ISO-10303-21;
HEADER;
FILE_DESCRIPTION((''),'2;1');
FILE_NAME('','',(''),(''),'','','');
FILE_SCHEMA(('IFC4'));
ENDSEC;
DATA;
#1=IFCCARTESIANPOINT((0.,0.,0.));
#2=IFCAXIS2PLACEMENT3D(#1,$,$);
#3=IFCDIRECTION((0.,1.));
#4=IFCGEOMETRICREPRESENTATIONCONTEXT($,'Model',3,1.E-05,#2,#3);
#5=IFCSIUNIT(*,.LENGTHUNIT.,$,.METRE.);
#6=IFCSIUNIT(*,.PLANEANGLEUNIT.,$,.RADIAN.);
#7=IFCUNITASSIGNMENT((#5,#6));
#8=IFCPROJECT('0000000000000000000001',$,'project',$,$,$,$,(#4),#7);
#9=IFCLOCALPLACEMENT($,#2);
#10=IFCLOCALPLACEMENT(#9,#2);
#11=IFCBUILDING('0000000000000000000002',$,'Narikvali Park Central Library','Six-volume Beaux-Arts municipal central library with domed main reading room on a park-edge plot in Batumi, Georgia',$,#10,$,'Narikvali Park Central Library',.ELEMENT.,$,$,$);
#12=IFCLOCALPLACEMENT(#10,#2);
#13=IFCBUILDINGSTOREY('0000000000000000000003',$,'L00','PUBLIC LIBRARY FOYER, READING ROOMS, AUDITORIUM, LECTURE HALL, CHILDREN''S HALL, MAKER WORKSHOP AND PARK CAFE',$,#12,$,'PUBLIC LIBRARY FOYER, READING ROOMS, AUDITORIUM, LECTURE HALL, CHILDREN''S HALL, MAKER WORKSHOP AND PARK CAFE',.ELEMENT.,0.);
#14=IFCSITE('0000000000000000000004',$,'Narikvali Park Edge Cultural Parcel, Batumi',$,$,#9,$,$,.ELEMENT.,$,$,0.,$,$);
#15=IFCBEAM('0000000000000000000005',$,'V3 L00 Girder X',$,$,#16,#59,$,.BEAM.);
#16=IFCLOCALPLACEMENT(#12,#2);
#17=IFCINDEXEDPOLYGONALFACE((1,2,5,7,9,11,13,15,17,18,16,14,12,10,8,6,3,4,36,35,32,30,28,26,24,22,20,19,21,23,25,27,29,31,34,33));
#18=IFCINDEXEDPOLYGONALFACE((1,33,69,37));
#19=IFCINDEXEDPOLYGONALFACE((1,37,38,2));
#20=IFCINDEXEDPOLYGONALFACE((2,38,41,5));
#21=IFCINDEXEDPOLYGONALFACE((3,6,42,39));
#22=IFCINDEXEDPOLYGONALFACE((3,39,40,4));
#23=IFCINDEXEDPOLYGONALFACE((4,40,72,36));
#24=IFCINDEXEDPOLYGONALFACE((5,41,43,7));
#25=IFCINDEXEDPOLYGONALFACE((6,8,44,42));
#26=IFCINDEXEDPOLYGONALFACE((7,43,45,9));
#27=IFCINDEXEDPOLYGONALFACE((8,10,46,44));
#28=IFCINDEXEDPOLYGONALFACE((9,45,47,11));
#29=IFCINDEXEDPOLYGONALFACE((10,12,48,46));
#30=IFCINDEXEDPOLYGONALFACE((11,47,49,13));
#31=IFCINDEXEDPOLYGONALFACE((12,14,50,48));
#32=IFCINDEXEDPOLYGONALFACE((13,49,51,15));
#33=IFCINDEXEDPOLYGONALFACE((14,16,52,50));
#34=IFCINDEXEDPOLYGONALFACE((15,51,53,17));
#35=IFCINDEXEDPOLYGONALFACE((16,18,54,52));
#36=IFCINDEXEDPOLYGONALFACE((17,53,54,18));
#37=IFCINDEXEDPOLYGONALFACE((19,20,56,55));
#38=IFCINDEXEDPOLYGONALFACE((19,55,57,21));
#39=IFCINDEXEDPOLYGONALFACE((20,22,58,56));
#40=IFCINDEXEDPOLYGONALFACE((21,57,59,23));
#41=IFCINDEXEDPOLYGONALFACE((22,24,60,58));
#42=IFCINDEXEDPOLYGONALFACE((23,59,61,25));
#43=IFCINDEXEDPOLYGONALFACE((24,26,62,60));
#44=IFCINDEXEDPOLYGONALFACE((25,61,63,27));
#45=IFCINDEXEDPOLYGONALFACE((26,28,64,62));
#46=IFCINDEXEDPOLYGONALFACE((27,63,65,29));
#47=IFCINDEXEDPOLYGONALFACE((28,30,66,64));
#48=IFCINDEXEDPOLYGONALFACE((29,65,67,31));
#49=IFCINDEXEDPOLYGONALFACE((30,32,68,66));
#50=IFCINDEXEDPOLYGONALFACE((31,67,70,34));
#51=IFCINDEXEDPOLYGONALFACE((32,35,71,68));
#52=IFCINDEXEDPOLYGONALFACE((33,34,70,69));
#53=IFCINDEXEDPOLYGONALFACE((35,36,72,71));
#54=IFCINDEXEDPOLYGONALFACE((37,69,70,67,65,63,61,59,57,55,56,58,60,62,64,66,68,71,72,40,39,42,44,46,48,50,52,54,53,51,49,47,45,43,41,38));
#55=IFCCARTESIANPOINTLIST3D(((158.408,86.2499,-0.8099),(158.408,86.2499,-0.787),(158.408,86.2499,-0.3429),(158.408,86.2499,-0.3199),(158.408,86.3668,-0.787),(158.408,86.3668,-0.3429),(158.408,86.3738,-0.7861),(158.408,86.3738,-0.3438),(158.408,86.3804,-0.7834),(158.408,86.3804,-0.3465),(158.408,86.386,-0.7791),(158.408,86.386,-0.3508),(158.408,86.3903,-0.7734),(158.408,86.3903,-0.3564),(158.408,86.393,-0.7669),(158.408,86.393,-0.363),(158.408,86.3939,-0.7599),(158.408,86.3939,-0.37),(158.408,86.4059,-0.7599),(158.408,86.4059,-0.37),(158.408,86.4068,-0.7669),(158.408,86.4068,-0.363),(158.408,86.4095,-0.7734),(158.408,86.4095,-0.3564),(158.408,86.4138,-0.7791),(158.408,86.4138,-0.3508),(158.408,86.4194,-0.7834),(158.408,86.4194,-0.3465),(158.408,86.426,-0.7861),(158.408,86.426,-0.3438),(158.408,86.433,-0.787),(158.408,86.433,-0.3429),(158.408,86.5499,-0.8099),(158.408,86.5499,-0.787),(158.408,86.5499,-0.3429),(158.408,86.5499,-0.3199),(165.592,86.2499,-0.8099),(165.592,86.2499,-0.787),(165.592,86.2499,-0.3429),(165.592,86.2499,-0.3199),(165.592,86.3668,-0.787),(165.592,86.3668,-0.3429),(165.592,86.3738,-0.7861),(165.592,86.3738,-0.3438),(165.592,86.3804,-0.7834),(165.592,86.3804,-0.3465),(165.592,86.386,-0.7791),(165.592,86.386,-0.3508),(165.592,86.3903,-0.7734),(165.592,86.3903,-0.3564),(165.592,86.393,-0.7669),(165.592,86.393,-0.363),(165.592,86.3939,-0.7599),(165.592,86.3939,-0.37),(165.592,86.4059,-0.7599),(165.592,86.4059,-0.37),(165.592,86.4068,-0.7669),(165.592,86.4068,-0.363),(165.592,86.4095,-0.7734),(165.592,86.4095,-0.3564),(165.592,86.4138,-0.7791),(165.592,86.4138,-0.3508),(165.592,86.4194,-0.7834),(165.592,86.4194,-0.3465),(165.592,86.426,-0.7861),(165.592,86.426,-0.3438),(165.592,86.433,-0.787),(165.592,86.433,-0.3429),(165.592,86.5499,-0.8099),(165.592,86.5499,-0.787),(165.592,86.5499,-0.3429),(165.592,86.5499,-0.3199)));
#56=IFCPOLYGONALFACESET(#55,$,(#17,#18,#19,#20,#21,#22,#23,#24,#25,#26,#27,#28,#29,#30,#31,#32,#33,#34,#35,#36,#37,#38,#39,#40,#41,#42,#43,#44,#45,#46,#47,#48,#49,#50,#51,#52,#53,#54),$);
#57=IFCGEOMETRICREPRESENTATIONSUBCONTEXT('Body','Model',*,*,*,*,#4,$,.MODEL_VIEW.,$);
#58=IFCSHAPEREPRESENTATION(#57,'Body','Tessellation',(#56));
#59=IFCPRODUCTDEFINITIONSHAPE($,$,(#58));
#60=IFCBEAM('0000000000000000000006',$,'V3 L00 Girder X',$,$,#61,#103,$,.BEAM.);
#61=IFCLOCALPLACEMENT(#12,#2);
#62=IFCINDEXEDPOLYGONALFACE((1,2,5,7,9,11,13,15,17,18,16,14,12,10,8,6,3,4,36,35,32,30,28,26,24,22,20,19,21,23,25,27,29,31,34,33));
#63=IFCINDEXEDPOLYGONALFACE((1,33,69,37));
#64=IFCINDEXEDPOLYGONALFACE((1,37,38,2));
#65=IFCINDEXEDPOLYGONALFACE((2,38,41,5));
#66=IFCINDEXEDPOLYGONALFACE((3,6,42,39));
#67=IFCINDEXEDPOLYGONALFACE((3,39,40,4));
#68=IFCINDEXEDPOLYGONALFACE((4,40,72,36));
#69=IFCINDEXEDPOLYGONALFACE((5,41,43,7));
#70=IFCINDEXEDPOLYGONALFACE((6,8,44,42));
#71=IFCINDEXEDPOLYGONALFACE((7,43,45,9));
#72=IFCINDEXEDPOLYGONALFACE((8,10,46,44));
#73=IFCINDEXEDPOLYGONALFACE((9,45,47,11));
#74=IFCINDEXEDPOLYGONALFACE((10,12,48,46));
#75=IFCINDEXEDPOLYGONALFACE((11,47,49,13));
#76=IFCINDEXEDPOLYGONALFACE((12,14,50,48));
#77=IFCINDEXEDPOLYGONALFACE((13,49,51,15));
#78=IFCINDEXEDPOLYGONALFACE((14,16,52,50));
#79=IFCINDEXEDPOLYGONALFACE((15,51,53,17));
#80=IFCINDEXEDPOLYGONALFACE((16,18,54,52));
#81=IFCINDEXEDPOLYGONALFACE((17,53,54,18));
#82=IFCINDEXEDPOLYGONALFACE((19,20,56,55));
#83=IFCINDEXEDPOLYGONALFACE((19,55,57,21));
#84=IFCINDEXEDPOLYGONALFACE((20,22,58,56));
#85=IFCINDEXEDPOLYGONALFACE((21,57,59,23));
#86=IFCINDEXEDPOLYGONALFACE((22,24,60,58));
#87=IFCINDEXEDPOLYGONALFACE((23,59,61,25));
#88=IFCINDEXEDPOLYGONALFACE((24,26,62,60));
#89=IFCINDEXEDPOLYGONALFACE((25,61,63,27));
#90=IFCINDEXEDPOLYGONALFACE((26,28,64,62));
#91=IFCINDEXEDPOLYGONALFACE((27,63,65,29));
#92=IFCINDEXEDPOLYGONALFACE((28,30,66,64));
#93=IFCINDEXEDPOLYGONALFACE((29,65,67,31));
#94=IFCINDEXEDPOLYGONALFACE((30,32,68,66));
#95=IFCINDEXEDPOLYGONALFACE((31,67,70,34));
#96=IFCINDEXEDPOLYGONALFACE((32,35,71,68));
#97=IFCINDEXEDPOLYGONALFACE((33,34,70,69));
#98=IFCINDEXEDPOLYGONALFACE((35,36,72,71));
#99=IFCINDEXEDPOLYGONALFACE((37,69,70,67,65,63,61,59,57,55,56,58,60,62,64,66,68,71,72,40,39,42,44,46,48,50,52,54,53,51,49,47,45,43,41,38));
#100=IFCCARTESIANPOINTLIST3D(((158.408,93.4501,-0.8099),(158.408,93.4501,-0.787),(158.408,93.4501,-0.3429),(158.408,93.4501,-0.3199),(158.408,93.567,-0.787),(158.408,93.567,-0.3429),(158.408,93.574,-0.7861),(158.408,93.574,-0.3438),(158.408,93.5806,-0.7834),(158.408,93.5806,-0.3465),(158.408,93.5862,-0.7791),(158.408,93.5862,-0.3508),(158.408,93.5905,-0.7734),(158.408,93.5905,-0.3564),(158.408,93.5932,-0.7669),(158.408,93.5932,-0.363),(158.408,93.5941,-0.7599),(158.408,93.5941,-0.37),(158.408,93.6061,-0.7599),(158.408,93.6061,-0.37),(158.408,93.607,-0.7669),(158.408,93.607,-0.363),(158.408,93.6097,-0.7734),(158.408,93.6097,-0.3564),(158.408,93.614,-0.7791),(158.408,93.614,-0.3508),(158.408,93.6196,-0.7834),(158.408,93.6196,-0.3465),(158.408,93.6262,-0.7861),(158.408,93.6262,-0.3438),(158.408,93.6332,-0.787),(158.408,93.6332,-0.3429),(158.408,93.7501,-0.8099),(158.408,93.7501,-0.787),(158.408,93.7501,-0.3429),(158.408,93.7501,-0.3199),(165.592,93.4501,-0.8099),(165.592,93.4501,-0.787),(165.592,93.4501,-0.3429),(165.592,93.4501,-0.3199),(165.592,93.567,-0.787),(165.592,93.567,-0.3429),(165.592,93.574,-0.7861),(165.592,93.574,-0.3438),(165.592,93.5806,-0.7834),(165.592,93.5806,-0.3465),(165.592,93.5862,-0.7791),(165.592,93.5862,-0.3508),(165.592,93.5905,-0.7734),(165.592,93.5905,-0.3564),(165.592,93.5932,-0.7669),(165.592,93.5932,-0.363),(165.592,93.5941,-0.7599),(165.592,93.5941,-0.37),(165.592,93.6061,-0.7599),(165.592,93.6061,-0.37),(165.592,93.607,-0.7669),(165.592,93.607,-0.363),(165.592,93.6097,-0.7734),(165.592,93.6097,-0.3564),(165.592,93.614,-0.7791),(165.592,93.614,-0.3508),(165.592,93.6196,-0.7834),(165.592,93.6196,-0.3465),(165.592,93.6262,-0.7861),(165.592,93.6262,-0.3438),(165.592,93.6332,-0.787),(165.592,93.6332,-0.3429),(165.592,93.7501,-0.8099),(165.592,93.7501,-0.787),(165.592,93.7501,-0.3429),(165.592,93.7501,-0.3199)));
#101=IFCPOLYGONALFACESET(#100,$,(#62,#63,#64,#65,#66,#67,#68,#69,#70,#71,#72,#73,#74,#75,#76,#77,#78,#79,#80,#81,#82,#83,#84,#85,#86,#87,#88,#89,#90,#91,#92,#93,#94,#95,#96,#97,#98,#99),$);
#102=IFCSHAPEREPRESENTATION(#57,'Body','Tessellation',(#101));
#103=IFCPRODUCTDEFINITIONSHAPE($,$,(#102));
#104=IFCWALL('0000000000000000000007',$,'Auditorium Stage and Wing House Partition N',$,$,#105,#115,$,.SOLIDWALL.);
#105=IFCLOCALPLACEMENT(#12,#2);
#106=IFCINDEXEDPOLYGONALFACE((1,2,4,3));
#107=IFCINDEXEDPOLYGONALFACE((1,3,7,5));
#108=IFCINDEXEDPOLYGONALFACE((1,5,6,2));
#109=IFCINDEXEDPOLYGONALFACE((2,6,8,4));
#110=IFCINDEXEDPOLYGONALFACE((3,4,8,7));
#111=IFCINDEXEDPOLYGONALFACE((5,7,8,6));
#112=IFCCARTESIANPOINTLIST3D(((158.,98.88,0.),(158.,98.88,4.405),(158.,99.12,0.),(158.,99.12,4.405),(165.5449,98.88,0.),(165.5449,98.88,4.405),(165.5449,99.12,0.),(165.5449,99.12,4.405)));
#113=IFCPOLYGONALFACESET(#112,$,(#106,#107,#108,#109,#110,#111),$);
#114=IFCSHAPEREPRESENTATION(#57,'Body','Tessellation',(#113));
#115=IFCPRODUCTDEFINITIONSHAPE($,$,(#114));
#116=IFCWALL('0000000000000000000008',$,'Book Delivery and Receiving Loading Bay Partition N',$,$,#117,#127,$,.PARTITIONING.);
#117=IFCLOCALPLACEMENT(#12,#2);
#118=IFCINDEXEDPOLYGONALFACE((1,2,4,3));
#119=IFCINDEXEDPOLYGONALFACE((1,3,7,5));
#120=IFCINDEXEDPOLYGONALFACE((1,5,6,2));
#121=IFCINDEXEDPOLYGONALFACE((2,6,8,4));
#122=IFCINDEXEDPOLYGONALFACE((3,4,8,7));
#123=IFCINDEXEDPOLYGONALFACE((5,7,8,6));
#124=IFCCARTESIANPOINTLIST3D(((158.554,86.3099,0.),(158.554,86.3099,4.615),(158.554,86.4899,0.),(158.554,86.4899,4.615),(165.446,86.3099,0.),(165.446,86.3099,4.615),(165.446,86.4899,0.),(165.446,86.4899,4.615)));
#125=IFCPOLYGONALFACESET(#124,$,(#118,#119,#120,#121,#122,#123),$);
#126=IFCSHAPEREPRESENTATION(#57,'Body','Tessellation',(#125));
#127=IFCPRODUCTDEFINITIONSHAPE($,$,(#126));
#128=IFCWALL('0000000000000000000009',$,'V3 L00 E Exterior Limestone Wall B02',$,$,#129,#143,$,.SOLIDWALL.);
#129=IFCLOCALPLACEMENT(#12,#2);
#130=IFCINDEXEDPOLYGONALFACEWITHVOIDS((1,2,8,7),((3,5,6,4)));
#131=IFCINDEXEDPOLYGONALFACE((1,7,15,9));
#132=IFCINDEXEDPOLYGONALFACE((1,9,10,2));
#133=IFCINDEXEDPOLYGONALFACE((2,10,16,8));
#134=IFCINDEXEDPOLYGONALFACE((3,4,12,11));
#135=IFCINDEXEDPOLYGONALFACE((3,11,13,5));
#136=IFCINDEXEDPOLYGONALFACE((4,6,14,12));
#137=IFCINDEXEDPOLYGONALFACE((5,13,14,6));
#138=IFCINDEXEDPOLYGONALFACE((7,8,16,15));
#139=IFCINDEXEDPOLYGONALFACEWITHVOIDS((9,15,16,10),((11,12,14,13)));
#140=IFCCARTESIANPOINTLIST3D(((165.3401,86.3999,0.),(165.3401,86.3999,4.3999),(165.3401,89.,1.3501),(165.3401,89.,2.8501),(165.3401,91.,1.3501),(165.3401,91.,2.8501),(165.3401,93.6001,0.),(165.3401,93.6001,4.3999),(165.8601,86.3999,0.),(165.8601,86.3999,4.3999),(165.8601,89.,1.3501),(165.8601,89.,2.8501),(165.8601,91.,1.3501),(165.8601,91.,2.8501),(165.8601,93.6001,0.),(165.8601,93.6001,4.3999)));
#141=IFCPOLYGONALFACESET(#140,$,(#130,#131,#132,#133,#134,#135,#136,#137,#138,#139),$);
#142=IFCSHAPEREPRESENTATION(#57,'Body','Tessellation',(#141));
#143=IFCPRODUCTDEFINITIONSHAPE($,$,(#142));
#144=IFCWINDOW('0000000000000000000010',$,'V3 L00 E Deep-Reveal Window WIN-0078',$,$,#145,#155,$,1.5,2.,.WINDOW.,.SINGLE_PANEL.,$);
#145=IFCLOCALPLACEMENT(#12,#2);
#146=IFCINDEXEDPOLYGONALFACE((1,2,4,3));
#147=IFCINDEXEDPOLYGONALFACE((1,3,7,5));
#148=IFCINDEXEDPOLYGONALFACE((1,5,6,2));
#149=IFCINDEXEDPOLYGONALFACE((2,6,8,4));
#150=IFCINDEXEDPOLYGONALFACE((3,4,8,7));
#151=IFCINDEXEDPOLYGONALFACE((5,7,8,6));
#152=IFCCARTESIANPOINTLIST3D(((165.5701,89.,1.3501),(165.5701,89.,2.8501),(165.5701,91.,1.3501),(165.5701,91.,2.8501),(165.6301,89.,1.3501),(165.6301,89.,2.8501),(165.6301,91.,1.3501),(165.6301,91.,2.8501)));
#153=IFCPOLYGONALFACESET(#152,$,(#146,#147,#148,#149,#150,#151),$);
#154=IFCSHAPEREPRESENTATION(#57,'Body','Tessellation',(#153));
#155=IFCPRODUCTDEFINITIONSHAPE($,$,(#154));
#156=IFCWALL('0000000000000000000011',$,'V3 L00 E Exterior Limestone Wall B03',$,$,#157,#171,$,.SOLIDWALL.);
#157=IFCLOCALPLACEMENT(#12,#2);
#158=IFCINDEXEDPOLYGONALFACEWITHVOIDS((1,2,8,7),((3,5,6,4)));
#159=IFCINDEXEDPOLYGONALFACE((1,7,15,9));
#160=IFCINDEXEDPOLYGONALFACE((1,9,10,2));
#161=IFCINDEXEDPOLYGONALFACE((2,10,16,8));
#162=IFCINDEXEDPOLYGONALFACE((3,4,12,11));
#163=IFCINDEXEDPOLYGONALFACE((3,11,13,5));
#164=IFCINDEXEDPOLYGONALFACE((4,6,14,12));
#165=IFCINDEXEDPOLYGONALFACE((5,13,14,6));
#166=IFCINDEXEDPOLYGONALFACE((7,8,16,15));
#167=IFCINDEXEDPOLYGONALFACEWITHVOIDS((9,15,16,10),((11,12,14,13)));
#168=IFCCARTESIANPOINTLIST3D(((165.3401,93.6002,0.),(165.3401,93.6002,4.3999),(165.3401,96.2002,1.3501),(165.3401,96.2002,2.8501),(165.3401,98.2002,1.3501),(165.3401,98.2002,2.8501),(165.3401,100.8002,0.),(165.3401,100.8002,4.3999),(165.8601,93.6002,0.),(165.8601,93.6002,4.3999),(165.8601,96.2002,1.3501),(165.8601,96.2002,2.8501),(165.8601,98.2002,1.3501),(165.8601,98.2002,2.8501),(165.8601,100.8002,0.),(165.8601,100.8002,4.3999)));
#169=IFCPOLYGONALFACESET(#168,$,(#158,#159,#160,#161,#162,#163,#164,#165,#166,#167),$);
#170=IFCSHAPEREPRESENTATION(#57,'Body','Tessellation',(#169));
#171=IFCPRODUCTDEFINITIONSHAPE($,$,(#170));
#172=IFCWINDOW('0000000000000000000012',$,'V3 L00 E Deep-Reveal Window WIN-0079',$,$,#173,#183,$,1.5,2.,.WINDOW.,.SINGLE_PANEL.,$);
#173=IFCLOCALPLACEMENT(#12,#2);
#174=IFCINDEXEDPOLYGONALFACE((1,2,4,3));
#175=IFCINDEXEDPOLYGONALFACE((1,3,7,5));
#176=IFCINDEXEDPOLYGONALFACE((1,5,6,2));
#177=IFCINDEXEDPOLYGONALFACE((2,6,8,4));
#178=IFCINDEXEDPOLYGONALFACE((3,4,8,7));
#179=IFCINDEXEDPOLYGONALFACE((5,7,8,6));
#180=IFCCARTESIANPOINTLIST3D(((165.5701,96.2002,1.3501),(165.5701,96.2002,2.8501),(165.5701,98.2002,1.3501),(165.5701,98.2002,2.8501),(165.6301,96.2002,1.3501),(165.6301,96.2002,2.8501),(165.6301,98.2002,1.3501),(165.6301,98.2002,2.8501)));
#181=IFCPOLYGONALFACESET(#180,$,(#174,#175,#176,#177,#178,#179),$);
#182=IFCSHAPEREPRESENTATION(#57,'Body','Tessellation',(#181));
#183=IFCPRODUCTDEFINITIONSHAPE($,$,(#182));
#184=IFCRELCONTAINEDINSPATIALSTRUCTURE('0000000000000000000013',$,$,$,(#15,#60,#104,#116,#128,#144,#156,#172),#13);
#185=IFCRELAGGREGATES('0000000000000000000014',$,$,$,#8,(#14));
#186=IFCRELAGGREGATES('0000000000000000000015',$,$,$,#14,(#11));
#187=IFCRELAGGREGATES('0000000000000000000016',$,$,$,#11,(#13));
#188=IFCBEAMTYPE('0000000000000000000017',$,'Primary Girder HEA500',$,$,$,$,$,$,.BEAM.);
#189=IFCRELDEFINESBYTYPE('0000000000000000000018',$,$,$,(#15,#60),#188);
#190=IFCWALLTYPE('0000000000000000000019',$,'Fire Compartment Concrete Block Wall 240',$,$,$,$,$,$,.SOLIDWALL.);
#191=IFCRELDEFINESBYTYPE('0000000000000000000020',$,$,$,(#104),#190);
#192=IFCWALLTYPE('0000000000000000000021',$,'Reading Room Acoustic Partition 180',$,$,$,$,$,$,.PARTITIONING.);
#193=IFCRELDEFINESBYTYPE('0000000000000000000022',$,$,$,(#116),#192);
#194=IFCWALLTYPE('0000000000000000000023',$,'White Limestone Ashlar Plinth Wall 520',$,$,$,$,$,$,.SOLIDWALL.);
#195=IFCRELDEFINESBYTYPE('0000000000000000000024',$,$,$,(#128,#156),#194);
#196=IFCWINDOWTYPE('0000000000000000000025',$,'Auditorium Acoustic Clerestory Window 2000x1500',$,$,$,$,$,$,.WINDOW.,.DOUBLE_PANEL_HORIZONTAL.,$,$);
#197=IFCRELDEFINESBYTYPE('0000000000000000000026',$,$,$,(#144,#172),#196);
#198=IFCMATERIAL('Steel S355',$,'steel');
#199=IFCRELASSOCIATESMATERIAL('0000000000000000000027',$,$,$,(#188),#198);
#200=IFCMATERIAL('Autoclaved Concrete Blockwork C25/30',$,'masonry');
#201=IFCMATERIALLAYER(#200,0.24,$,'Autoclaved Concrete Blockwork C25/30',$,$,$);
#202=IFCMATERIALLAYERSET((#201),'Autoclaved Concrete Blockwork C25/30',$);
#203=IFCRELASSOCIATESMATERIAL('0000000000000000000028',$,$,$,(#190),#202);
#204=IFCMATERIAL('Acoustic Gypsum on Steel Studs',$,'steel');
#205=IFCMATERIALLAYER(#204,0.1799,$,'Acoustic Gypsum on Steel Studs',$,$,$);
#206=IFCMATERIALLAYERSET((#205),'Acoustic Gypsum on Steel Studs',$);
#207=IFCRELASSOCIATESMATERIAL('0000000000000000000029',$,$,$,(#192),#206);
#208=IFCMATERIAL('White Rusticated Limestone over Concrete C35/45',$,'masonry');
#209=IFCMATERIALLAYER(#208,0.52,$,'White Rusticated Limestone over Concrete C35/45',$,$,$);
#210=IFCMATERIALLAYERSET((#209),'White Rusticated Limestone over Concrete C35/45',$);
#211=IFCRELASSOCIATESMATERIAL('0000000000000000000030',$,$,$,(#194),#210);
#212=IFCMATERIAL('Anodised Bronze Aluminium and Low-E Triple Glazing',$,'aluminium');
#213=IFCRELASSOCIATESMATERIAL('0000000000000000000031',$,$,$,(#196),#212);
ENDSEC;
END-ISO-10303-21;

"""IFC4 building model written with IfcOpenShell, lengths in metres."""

from ifc_helpers import new_model, si_unit, direction, frame, frame_2d, origin, origin_2d, place, context, subcontext, project, spatial, rectangle, i_section, extrude, material, layer, layer_set, material_profile, profile_set, type_object, element, fill, save


model = new_model("IFC4")

# Units and contexts
model_context = context("Model", 3, precision=1e-05, world=origin(), true_north=direction((0.0, 1.0)))
body_context = subcontext(model_context, "Body", "Model", "MODEL_VIEW")
ifc_project = project(units=[si_unit("LENGTHUNIT", "METRE"), si_unit("PLANEANGLEUNIT", "RADIAN")], contexts=[model_context])

# Site, building, storey
site_placement = place(None, origin())
site = spatial("IfcSite", under=ifc_project, at=site_placement, Name="Narikvali Park Edge Cultural Parcel, Batumi", CompositionType="ELEMENT", RefElevation=0.0)
building_placement = place(site_placement, origin())
building = spatial("IfcBuilding", under=site, at=building_placement, Name="Narikvali Park Central Library", Description="Six-volume Beaux-Arts municipal central library with domed main reading room on a park-edge plot in Batumi, Georgia", LongName="Narikvali Park Central Library", CompositionType="ELEMENT")
storey_placement = place(building_placement, origin())
storey = spatial("IfcBuildingStorey", under=building, at=storey_placement, Name="L00", Description="PUBLIC LIBRARY FOYER, READING ROOMS, AUDITORIUM, LECTURE HALL, CHILDREN'S HALL, MAKER WORKSHOP AND PARK CAFE", LongName="PUBLIC LIBRARY FOYER, READING ROOMS, AUDITORIUM, LECTURE HALL, CHILDREN'S HALL, MAKER WORKSHOP AND PARK CAFE", CompositionType="ELEMENT", Elevation=0.0)

# Shared definitions
ifc_material_1 = material(Name="Steel S355", Category="steel")

# Beams
ifc_material_profile_1 = material_profile(ifc_material_1, i_section(OverallWidth=0.3, OverallDepth=0.49, WebThickness=0.012, FlangeThickness=0.0229, FilletRadius=0.0271, at=origin_2d()), Name="HEA 500")
ifc_profile_set_1 = profile_set([ifc_material_profile_1], Name="Steel S355")
beam_type_1 = type_object("IfcBeamType", Name="Primary Girder HEA500", PredefinedType="BEAM", material=ifc_profile_set_1)
for number, where, z_axis, x_axis, name in (
    (1, (158.408, 86.3999, -0.5649), (1.0, 0.0, 0.0), (0.0, 1.0, 0.0), "V3 L00 Girder X"),
    (2, (158.408, 93.6001, -0.5649), (1.0, 0.0, 0.0), (0.0, 1.0, 0.0), "V3 L00 Girder X"),
):
    element("IfcBeam", number, at=place(storey_placement, frame(where, z_axis=z_axis, x_axis=x_axis)), inside=storey, type_object=beam_type_1, Name=name, PredefinedType="BEAM", context=body_context, shape_type="SweptSolid", body=[
        extrude(i_section(OverallWidth=0.3, OverallDepth=0.49, WebThickness=0.012, FlangeThickness=0.0229, FilletRadius=0.0271, at=origin_2d()), origin(), (0.0, 0.0, 1.0), 7.1841),
    ])

# Walls
ifc_material_2 = material(Name="Autoclaved Concrete Blockwork C25/30", Category="masonry")
ifc_layer_1 = layer(ifc_material_2, 0.24, Name="Autoclaved Concrete Blockwork C25/30")
ifc_layer_set_1 = layer_set([ifc_layer_1], Name="Autoclaved Concrete Blockwork C25/30")
wall_type_1 = type_object("IfcWallType", Name="Fire Compartment Concrete Block Wall 240", PredefinedType="SOLIDWALL", material=ifc_layer_set_1)
wall_1_placement = place(storey_placement, frame((158.0, 99.0, 0.0), z_axis=(0.0, 0.0, 1.0), x_axis=(1.0, 0.0, 0.0)))
element("IfcWall", 3, at=wall_1_placement, inside=storey, type_object=wall_type_1, Name="Auditorium Stage and Wing House Partition N", PredefinedType="SOLIDWALL", context=body_context, shape_type="SweptSolid", body=[
    extrude(rectangle(XDim=7.5449, YDim=0.24, at=frame_2d((3.7725, 0.0))), origin(), (0.0, 0.0, 1.0), 4.405),
])
ifc_material_3 = material(Name="Acoustic Gypsum on Steel Studs", Category="steel")
ifc_layer_2 = layer(ifc_material_3, 0.1799, Name="Acoustic Gypsum on Steel Studs")
ifc_layer_set_2 = layer_set([ifc_layer_2], Name="Acoustic Gypsum on Steel Studs")
wall_type_2 = type_object("IfcWallType", Name="Reading Room Acoustic Partition 180", PredefinedType="PARTITIONING", material=ifc_layer_set_2)
wall_2_placement = place(storey_placement, frame((158.554, 86.3999, 0.0), z_axis=(0.0, 0.0, 1.0), x_axis=(1.0, 0.0, 0.0)))
element("IfcWall", 4, at=wall_2_placement, inside=storey, type_object=wall_type_2, Name="Book Delivery and Receiving Loading Bay Partition N", PredefinedType="PARTITIONING", context=body_context, shape_type="SweptSolid", body=[
    extrude(rectangle(XDim=6.8921, YDim=0.1799, at=frame_2d((3.446, 0.0))), origin(), (0.0, 0.0, 1.0), 4.615),
])

# Walls, openings, windows
ifc_material_4 = material(Name="White Rusticated Limestone over Concrete C35/45", Category="masonry")
ifc_layer_3 = layer(ifc_material_4, 0.52, Name="White Rusticated Limestone over Concrete C35/45")
ifc_layer_set_3 = layer_set([ifc_layer_3], Name="White Rusticated Limestone over Concrete C35/45")
wall_type_3 = type_object("IfcWallType", Name="White Limestone Ashlar Plinth Wall 520", PredefinedType="SOLIDWALL", material=ifc_layer_set_3)
wall_3_placement = place(storey_placement, frame((165.6001, 86.3999, 0.0), z_axis=(0.0, 0.0, 1.0), x_axis=(0.0, 1.0, 0.0)))
wall_3 = element("IfcWall", 5, at=wall_3_placement, inside=storey, type_object=wall_type_3, Name="V3 L00 E Exterior Limestone Wall B02", PredefinedType="SOLIDWALL", context=body_context, shape_type="SweptSolid", body=[
    extrude(rectangle(XDim=7.2002, YDim=0.52, at=frame_2d((3.6001, 0.0))), origin(), (0.0, 0.0, 1.0), 4.3999),
])
opening_1_placement = place(wall_3_placement, frame((2.6001, 0.0, 1.3501)))
opening_1 = element("IfcOpeningElement", 6, at=opening_1_placement, cuts=wall_3, PredefinedType="OPENING", context=body_context, shape_type="SweptSolid", body=[
    extrude(rectangle(XDim=2.0, YDim=1.5, at=frame_2d((1.0, 0.75))), frame((0.0, 0.272, 0.0), z_axis=(0.0, -1.0, 0.0), x_axis=(1.0, 0.0, 0.0)), (0.0, 0.0, 1.0), 0.5439),
])
ifc_material_5 = material(Name="Anodised Bronze Aluminium and Low-E Triple Glazing", Category="aluminium")
window_type = type_object("IfcWindowType", Name="Auditorium Acoustic Clerestory Window 2000x1500", PartitioningType="DOUBLE_PANEL_HORIZONTAL", PredefinedType="WINDOW", material=ifc_material_5)
window_1_placement = place(opening_1_placement, origin())
window_1 = element("IfcWindow", 7, at=window_1_placement, inside=storey, type_object=window_type, Name="V3 L00 E Deep-Reveal Window WIN-0078", OverallHeight=1.5, OverallWidth=2.0, PartitioningType="SINGLE_PANEL", PredefinedType="WINDOW", context=body_context, shape_type="SweptSolid", body=[
    extrude(rectangle(XDim=2.0, YDim=1.5, at=frame_2d((1.0, 0.75))), frame((0.0, 0.03, 0.0), z_axis=(0.0, -1.0, 0.0), x_axis=(1.0, 0.0, 0.0)), (0.0, 0.0, 1.0), 0.0601),
])
fill(opening_1, window_1)
wall_4_placement = place(storey_placement, frame((165.6001, 93.6001, 0.0), z_axis=(0.0, 0.0, 1.0), x_axis=(0.0, 1.0, 0.0)))
wall_4 = element("IfcWall", 8, at=wall_4_placement, inside=storey, type_object=wall_type_3, Name="V3 L00 E Exterior Limestone Wall B03", PredefinedType="SOLIDWALL", context=body_context, shape_type="SweptSolid", body=[
    extrude(rectangle(XDim=7.2, YDim=0.52, at=frame_2d((3.6001, 0.0))), origin(), (0.0, 0.0, 1.0), 4.3999),
])
opening_2_placement = place(wall_4_placement, frame((2.6001, 0.0, 1.3501)))
opening_2 = element("IfcOpeningElement", 9, at=opening_2_placement, cuts=wall_4, PredefinedType="OPENING", context=body_context, shape_type="SweptSolid", body=[
    extrude(rectangle(XDim=2.0, YDim=1.5, at=frame_2d((1.0, 0.75))), frame((0.0, 0.272, 0.0), z_axis=(0.0, -1.0, 0.0), x_axis=(1.0, 0.0, 0.0)), (0.0, 0.0, 1.0), 0.5439),
])
window_2_placement = place(opening_2_placement, origin())
window_2 = element("IfcWindow", 10, at=window_2_placement, inside=storey, type_object=window_type, Name="V3 L00 E Deep-Reveal Window WIN-0079", OverallHeight=1.5, OverallWidth=2.0, PartitioningType="SINGLE_PANEL", PredefinedType="WINDOW", context=body_context, shape_type="SweptSolid", body=[
    extrude(rectangle(XDim=2.0, YDim=1.5, at=frame_2d((1.0, 0.75))), frame((0.0, 0.03, 0.0), z_axis=(0.0, -1.0, 0.0), x_axis=(1.0, 0.0, 0.0)), (0.0, 0.0, 1.0), 0.0601),
])
fill(opening_2, window_2)

save(model, "model.ifc")
